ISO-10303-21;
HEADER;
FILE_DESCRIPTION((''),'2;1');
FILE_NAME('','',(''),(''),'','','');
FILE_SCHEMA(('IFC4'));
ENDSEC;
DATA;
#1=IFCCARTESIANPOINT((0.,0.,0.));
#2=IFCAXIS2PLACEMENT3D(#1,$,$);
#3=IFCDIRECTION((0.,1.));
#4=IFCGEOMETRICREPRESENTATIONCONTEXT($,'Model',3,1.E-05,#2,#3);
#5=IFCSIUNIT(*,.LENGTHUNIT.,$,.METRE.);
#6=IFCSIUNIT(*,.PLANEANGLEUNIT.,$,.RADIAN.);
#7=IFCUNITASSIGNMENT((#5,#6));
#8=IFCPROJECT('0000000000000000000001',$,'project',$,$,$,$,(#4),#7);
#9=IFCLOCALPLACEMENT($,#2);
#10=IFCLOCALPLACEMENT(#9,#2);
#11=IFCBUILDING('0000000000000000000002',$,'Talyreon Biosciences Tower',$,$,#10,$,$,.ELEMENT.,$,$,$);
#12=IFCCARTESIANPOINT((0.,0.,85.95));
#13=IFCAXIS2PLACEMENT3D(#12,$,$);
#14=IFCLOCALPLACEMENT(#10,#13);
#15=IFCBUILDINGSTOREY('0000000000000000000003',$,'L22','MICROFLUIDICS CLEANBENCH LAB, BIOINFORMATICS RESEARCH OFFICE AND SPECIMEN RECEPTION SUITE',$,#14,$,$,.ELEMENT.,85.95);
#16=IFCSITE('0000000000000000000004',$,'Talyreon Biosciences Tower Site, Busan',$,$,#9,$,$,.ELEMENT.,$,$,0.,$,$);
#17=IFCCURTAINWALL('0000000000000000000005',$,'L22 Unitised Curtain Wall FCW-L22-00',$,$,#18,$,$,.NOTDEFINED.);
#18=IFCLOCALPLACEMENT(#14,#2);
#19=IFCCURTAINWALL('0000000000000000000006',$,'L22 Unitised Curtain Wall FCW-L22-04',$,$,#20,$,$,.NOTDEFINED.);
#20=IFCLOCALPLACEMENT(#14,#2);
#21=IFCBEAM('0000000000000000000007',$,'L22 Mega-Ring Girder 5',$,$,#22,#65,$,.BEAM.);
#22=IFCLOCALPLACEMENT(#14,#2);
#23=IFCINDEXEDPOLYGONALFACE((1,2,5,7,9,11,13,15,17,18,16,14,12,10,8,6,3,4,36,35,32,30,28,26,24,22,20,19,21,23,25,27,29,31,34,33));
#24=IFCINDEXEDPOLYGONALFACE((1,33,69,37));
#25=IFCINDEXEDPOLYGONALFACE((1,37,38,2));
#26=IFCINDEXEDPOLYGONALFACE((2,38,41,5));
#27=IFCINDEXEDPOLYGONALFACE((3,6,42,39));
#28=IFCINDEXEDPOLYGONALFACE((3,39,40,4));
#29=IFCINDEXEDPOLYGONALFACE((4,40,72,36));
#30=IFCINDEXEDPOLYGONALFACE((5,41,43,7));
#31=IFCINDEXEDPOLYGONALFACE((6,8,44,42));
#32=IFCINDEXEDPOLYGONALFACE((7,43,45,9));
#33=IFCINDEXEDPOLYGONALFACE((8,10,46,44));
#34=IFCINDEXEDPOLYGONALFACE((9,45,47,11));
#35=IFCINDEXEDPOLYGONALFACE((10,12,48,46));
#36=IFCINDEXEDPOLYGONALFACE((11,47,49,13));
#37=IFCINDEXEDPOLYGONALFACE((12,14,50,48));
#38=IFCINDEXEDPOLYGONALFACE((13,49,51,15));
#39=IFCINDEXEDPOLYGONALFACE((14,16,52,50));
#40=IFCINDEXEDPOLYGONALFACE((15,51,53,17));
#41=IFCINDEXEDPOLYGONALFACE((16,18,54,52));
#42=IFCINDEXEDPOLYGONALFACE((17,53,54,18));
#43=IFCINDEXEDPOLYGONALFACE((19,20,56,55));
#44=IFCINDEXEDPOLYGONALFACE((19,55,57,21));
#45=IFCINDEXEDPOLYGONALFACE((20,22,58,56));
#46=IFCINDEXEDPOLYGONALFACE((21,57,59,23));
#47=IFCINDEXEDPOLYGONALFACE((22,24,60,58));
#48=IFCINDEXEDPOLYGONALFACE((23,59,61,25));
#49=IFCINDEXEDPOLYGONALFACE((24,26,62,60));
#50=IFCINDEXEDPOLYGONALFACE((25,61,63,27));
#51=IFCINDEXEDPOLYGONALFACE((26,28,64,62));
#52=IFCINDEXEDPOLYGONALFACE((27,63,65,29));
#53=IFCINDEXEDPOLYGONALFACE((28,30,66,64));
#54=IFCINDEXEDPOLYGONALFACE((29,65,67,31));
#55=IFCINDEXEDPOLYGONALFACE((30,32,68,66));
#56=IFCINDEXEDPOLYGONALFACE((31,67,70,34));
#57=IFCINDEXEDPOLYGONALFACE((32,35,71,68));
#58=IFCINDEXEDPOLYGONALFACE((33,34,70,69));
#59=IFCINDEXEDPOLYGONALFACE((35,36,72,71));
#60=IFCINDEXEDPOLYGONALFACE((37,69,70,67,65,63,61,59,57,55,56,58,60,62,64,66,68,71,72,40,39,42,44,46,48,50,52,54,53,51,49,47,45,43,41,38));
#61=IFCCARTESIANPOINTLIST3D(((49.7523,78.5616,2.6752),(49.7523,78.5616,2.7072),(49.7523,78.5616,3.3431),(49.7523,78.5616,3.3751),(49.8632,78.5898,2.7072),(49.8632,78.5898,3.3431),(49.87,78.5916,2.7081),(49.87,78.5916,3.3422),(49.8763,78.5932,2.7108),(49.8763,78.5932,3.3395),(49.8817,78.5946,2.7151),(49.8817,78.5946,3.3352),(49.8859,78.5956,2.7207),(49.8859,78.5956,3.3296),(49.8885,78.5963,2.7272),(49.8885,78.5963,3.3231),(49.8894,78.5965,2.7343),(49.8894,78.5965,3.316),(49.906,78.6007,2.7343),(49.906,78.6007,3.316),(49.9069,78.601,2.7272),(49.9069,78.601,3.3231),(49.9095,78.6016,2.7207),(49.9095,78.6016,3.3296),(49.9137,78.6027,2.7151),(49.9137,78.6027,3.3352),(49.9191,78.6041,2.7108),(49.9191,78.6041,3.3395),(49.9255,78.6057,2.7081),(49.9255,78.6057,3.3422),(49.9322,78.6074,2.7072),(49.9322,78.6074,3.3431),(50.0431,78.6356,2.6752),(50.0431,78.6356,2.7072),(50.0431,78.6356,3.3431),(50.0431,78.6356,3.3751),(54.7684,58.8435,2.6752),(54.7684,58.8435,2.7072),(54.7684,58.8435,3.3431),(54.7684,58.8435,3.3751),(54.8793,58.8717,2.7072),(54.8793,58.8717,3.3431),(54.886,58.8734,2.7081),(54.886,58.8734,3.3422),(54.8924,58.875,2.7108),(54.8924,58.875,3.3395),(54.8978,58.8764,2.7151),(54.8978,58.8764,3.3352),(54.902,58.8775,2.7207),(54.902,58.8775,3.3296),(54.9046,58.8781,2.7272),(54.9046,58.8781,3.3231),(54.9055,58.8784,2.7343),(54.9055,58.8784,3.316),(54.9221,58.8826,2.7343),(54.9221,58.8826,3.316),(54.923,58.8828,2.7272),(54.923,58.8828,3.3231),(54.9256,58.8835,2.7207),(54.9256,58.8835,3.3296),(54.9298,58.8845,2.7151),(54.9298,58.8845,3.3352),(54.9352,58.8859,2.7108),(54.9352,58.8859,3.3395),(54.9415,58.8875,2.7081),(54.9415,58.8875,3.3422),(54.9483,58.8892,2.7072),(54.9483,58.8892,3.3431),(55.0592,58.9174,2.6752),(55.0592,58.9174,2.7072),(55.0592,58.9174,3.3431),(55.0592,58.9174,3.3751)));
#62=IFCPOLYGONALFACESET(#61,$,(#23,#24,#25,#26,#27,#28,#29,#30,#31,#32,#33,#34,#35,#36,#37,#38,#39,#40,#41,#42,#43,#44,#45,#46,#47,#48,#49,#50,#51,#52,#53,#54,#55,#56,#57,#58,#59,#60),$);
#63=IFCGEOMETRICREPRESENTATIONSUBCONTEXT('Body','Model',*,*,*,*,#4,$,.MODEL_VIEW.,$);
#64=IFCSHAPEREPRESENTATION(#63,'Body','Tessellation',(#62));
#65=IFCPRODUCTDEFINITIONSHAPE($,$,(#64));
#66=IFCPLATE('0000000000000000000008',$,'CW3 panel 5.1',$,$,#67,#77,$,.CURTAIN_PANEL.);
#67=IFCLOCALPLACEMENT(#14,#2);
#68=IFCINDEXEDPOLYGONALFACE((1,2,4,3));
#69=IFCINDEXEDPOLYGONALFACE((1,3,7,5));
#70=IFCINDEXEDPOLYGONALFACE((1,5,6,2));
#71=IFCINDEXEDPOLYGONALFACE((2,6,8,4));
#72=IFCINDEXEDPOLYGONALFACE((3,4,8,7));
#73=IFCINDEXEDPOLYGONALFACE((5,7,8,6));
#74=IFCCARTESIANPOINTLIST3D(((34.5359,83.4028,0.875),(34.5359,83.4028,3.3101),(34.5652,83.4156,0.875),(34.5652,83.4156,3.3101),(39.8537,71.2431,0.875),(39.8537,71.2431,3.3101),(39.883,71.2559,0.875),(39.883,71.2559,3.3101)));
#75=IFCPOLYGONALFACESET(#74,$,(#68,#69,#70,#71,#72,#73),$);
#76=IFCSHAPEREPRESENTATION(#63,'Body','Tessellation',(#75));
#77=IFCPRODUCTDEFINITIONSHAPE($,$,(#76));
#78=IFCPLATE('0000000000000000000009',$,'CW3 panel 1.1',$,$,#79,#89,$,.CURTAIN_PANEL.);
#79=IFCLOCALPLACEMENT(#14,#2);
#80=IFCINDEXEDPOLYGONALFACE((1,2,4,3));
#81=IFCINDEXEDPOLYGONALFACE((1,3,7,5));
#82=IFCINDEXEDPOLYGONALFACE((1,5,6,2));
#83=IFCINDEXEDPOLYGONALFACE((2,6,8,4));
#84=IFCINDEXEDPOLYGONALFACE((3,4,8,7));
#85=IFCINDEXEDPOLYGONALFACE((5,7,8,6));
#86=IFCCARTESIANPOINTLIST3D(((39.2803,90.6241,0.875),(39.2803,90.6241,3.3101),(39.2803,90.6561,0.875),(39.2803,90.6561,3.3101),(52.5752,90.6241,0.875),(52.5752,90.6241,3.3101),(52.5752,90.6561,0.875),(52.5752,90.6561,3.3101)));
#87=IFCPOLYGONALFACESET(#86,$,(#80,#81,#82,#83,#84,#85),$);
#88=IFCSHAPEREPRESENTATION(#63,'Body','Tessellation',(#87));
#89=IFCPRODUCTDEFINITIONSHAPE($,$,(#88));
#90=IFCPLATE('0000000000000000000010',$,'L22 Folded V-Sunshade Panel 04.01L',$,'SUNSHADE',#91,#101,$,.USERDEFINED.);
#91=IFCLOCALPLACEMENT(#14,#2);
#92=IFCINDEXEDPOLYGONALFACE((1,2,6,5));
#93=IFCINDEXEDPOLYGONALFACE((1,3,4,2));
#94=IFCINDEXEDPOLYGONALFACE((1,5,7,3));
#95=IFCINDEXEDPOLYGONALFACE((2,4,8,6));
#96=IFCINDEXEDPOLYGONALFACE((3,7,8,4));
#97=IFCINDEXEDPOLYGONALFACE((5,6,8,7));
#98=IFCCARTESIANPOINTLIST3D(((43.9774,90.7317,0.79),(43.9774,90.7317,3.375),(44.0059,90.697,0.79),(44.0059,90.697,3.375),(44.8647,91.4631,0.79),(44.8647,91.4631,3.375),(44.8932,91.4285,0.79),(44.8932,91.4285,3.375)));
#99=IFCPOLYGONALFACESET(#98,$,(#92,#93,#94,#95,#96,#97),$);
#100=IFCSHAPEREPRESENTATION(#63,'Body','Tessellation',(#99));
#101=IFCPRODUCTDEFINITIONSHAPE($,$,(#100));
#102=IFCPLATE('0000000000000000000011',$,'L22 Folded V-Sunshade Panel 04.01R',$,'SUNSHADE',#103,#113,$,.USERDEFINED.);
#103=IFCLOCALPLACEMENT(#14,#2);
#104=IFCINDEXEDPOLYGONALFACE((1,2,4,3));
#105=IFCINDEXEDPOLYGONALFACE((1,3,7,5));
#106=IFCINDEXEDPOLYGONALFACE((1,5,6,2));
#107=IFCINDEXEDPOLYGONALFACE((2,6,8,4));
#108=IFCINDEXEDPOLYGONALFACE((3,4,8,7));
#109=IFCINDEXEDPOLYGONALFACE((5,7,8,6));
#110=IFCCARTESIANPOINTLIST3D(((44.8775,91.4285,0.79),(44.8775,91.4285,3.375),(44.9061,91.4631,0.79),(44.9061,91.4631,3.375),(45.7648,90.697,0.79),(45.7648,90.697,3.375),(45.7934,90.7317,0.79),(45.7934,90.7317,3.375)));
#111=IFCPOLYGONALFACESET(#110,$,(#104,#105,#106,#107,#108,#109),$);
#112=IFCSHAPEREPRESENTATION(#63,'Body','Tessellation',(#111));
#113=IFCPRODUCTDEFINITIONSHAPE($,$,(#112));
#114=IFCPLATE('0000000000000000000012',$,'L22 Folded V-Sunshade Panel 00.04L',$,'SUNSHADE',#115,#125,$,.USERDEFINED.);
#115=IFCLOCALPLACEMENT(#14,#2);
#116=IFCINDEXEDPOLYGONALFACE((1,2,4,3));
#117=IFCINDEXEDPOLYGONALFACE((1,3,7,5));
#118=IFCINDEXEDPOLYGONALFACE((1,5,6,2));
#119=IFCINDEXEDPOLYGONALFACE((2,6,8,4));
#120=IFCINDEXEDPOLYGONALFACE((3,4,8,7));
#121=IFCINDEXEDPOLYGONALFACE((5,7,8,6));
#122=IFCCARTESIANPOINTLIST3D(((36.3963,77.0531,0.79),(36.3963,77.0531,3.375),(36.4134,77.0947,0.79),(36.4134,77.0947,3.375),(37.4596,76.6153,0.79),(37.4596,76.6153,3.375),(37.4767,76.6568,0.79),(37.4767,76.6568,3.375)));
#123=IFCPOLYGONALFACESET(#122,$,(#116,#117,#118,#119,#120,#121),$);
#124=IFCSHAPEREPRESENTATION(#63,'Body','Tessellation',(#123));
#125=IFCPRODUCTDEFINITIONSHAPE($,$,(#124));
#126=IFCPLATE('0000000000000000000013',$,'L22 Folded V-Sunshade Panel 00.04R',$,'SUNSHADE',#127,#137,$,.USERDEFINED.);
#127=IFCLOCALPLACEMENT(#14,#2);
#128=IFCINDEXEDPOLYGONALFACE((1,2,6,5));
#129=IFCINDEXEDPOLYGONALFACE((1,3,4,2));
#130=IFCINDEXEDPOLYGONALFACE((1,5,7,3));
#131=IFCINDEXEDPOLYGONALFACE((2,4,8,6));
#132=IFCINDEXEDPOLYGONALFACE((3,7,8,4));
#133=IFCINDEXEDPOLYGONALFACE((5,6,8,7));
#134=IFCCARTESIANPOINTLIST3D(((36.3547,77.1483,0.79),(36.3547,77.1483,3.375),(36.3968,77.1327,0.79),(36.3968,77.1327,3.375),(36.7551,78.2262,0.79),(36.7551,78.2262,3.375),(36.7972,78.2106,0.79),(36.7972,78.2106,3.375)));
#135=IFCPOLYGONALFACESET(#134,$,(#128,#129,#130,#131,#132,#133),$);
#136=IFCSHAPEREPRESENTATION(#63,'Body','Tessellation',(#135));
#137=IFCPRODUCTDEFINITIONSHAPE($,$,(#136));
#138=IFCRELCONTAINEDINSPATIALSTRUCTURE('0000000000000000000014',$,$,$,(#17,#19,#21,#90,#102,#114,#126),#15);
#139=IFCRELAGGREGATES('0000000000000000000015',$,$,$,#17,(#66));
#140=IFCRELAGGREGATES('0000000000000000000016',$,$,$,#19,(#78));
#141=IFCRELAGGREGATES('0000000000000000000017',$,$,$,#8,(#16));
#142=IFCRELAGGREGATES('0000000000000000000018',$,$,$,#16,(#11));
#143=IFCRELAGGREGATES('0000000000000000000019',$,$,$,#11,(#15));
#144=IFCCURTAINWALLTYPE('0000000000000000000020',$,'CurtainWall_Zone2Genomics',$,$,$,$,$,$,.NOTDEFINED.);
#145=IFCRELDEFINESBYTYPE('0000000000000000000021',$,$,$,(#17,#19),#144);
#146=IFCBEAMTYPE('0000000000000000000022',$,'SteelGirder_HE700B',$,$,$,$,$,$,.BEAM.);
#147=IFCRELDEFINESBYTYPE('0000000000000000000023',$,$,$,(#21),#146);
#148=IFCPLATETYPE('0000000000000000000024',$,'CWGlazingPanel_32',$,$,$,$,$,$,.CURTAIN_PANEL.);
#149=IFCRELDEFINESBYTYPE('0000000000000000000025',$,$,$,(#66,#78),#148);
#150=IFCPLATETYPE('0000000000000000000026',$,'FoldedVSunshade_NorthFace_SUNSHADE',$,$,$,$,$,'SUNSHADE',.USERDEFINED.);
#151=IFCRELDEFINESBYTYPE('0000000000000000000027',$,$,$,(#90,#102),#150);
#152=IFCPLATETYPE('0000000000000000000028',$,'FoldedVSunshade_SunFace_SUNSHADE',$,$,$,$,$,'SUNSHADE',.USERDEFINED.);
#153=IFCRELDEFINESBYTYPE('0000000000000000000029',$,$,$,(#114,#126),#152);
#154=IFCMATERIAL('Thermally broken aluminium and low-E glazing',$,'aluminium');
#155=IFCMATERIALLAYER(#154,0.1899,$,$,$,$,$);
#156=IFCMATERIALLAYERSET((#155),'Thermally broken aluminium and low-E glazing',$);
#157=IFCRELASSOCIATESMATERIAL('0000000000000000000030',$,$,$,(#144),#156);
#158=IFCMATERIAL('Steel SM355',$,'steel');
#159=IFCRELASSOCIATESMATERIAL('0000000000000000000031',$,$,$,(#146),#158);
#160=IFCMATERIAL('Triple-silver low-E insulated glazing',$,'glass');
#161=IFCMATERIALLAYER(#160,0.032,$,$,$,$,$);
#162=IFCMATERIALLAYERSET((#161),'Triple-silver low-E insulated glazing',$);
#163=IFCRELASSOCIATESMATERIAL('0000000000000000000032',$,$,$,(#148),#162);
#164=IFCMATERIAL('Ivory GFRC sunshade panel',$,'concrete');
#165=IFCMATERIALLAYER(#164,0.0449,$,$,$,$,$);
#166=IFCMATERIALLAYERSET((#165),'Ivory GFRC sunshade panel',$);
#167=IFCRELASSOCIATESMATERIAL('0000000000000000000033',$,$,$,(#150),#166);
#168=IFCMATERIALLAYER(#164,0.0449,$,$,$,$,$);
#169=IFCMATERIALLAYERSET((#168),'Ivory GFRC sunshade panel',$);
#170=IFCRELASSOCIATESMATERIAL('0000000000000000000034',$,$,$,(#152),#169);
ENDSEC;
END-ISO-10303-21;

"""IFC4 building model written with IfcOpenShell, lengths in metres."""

from ifc_helpers import new_model, si_unit, direction, frame, origin, origin_2d, place, context, subcontext, project, spatial, rectangle, i_section, extrude, material, layer, layer_set, material_profile, profile_set, type_object, element, aggregate, save


model = new_model("IFC4")

# Units and contexts
model_context = context("Model", 3, precision=1e-05, world=origin(), true_north=direction((0.0, 1.0)))
body_context = subcontext(model_context, "Body", "Model", "MODEL_VIEW")
ifc_project = project(units=[si_unit("LENGTHUNIT", "METRE"), si_unit("PLANEANGLEUNIT", "RADIAN")], contexts=[model_context])

# Site, building, storey
site_placement = place(None, origin())
site = spatial("IfcSite", under=ifc_project, at=site_placement, Name="Talyreon Biosciences Tower Site, Busan", CompositionType="ELEMENT", RefElevation=0.0)
building_placement = place(site_placement, origin())
building = spatial("IfcBuilding", under=site, at=building_placement, Name="Talyreon Biosciences Tower", CompositionType="ELEMENT")
storey_placement = place(building_placement, frame((0.0, 0.0, 85.95)))
storey = spatial("IfcBuildingStorey", under=building, at=storey_placement, Name="L22", Description="MICROFLUIDICS CLEANBENCH LAB, BIOINFORMATICS RESEARCH OFFICE AND SPECIMEN RECEPTION SUITE", CompositionType="ELEMENT", Elevation=85.95)

# Curtain wall
ifc_material_1 = material(Name="Thermally broken aluminium and low-E glazing", Category="aluminium")
ifc_layer_1 = layer(ifc_material_1, 0.1899)
ifc_layer_set_1 = layer_set([ifc_layer_1], Name="Thermally broken aluminium and low-E glazing")
curtain_wall_type = type_object("IfcCurtainWallType", Name="CurtainWall_Zone2Genomics", PredefinedType="NOTDEFINED", material=ifc_layer_set_1)
curtain_wall_1_placement = place(storey_placement, origin())
curtain_wall_1 = element("IfcCurtainWall", 1, at=curtain_wall_1_placement, inside=storey, type_object=curtain_wall_type, Name="L22 Unitised Curtain Wall FCW-L22-00", PredefinedType="NOTDEFINED")

# Curtain wall
curtain_wall_2_placement = place(storey_placement, origin())
curtain_wall_2 = element("IfcCurtainWall", 2, at=curtain_wall_2_placement, inside=storey, type_object=curtain_wall_type, Name="L22 Unitised Curtain Wall FCW-L22-04", PredefinedType="NOTDEFINED")

# Beam
ifc_material_2 = material(Name="Steel SM355", Category="steel")
ifc_material_profile_1 = material_profile(ifc_material_2, i_section(OverallWidth=0.3, OverallDepth=0.7, WebThickness=0.0171, FlangeThickness=0.032, FilletRadius=0.0271, at=origin_2d()), Name="HE700B")
ifc_profile_set_1 = profile_set([ifc_material_profile_1], Name="Steel SM355")
beam_type_1 = type_object("IfcBeamType", Name="SteelGirder_HE700B", PredefinedType="BEAM", material=ifc_profile_set_1)
beam_1_placement = place(storey_placement, frame((49.8977, 78.5986, 3.0251), z_axis=(0.246537, -0.969133, 0.0), x_axis=(0.969133, 0.246537, 0.0)))
element("IfcBeam", 3, at=beam_1_placement, inside=storey, type_object=beam_type_1, Name="L22 Mega-Ring Girder 5", PredefinedType="BEAM", context=body_context, shape_type="SweptSolid", body=[
    extrude(i_section(OverallWidth=0.3, OverallDepth=0.7, WebThickness=0.0171, FlangeThickness=0.032, FilletRadius=0.0271, at=origin_2d()), origin(), (0.0, 0.0, 1.0), 20.3462),
])

# Plates
ifc_material_3 = material(Name="Triple-silver low-E insulated glazing", Category="glass")
ifc_layer_2 = layer(ifc_material_3, 0.032)
ifc_layer_set_2 = layer_set([ifc_layer_2], Name="Triple-silver low-E insulated glazing")
plate_type_1 = type_object("IfcPlateType", Name="CWGlazingPanel_32", PredefinedType="CURTAIN_PANEL", material=ifc_layer_set_2)
plate_1_placement = place(storey_placement, frame((37.2095, 77.3293, 0.875), z_axis=(0.0, 0.0, 1.0), x_axis=(-0.400689, 0.916214, 0.0)))
plate_1 = element("IfcPlate", 4, at=plate_1_placement, type_object=plate_type_1, Name="CW3 panel 5.1", PredefinedType="CURTAIN_PANEL", context=body_context, shape_type="SweptSolid", body=[
    extrude(rectangle(XDim=13.2717, YDim=0.032, at=origin_2d()), origin(), (0.0, 0.0, 1.0), 2.4351),
])
aggregate(curtain_wall_1, [plate_1])
plate_2_placement = place(storey_placement, frame((45.9277, 90.6401, 0.875), z_axis=(0.0, 0.0, 1.0), x_axis=(1.0, 0.0, 0.0)))
plate_2 = element("IfcPlate", 5, at=plate_2_placement, type_object=plate_type_1, Name="CW3 panel 1.1", PredefinedType="CURTAIN_PANEL", context=body_context, shape_type="SweptSolid", body=[
    extrude(rectangle(XDim=13.2949, YDim=0.032, at=origin_2d()), origin(), (0.0, 0.0, 1.0), 2.4351),
])
aggregate(curtain_wall_2, [plate_2])

# Plates
ifc_material_4 = material(Name="Ivory GFRC sunshade panel", Category="concrete")
ifc_layer_3 = layer(ifc_material_4, 0.0449)
ifc_layer_set_3 = layer_set([ifc_layer_3], Name="Ivory GFRC sunshade panel")
plate_type_2 = type_object("IfcPlateType", Name="FoldedVSunshade_NorthFace_SUNSHADE", ElementType="SUNSHADE", PredefinedType="USERDEFINED", material=ifc_layer_set_3)
for number, where, z_axis, x_axis, name in (
    (6, (44.4353, 91.0801, 0.79), (0.0, 0.0, 1.0), (0.771625, 0.636078, 0.0), "L22 Folded V-Sunshade Panel 04.01L"),
    (7, (45.3354, 91.0801, 0.79), (0.0, 0.0, 1.0), (0.771625, -0.636078, 0.0), "L22 Folded V-Sunshade Panel 04.01R"),
):
    element("IfcPlate", number, at=place(storey_placement, frame(where, z_axis=z_axis, x_axis=x_axis)), inside=storey, type_object=plate_type_2, Name=name, ObjectType="SUNSHADE", PredefinedType="USERDEFINED", context=body_context, shape_type="SweptSolid", body=[
        extrude(rectangle(XDim=1.1499, YDim=0.0449, at=origin_2d()), origin(), (0.0, 0.0, 1.0), 2.585),
    ])
ifc_layer_4 = layer(ifc_material_4, 0.0449)
ifc_layer_set_4 = layer_set([ifc_layer_4], Name="Ivory GFRC sunshade panel")
plate_type_3 = type_object("IfcPlateType", Name="FoldedVSunshade_SunFace_SUNSHADE", ElementType="SUNSHADE", PredefinedType="USERDEFINED", material=ifc_layer_set_4)
for number, where, z_axis, x_axis, name in (
    (8, (36.9365, 76.855, 0.79), (0.0, 0.0, 1.0), (-0.924686, 0.380731, 0.0), "L22 Folded V-Sunshade Panel 00.04L"),
    (9, (36.5759, 77.6794, 0.79), (0.0, 0.0, 1.0), (0.348228, 0.93741, 0.0), "L22 Folded V-Sunshade Panel 00.04R"),
):
    element("IfcPlate", number, at=place(storey_placement, frame(where, z_axis=z_axis, x_axis=x_axis)), inside=storey, type_object=plate_type_3, Name=name, ObjectType="SUNSHADE", PredefinedType="USERDEFINED", context=body_context, shape_type="SweptSolid", body=[
        extrude(rectangle(XDim=1.1499, YDim=0.0449, at=origin_2d()), origin(), (0.0, 0.0, 1.0), 2.585),
    ])

save(model, "model.ifc")
